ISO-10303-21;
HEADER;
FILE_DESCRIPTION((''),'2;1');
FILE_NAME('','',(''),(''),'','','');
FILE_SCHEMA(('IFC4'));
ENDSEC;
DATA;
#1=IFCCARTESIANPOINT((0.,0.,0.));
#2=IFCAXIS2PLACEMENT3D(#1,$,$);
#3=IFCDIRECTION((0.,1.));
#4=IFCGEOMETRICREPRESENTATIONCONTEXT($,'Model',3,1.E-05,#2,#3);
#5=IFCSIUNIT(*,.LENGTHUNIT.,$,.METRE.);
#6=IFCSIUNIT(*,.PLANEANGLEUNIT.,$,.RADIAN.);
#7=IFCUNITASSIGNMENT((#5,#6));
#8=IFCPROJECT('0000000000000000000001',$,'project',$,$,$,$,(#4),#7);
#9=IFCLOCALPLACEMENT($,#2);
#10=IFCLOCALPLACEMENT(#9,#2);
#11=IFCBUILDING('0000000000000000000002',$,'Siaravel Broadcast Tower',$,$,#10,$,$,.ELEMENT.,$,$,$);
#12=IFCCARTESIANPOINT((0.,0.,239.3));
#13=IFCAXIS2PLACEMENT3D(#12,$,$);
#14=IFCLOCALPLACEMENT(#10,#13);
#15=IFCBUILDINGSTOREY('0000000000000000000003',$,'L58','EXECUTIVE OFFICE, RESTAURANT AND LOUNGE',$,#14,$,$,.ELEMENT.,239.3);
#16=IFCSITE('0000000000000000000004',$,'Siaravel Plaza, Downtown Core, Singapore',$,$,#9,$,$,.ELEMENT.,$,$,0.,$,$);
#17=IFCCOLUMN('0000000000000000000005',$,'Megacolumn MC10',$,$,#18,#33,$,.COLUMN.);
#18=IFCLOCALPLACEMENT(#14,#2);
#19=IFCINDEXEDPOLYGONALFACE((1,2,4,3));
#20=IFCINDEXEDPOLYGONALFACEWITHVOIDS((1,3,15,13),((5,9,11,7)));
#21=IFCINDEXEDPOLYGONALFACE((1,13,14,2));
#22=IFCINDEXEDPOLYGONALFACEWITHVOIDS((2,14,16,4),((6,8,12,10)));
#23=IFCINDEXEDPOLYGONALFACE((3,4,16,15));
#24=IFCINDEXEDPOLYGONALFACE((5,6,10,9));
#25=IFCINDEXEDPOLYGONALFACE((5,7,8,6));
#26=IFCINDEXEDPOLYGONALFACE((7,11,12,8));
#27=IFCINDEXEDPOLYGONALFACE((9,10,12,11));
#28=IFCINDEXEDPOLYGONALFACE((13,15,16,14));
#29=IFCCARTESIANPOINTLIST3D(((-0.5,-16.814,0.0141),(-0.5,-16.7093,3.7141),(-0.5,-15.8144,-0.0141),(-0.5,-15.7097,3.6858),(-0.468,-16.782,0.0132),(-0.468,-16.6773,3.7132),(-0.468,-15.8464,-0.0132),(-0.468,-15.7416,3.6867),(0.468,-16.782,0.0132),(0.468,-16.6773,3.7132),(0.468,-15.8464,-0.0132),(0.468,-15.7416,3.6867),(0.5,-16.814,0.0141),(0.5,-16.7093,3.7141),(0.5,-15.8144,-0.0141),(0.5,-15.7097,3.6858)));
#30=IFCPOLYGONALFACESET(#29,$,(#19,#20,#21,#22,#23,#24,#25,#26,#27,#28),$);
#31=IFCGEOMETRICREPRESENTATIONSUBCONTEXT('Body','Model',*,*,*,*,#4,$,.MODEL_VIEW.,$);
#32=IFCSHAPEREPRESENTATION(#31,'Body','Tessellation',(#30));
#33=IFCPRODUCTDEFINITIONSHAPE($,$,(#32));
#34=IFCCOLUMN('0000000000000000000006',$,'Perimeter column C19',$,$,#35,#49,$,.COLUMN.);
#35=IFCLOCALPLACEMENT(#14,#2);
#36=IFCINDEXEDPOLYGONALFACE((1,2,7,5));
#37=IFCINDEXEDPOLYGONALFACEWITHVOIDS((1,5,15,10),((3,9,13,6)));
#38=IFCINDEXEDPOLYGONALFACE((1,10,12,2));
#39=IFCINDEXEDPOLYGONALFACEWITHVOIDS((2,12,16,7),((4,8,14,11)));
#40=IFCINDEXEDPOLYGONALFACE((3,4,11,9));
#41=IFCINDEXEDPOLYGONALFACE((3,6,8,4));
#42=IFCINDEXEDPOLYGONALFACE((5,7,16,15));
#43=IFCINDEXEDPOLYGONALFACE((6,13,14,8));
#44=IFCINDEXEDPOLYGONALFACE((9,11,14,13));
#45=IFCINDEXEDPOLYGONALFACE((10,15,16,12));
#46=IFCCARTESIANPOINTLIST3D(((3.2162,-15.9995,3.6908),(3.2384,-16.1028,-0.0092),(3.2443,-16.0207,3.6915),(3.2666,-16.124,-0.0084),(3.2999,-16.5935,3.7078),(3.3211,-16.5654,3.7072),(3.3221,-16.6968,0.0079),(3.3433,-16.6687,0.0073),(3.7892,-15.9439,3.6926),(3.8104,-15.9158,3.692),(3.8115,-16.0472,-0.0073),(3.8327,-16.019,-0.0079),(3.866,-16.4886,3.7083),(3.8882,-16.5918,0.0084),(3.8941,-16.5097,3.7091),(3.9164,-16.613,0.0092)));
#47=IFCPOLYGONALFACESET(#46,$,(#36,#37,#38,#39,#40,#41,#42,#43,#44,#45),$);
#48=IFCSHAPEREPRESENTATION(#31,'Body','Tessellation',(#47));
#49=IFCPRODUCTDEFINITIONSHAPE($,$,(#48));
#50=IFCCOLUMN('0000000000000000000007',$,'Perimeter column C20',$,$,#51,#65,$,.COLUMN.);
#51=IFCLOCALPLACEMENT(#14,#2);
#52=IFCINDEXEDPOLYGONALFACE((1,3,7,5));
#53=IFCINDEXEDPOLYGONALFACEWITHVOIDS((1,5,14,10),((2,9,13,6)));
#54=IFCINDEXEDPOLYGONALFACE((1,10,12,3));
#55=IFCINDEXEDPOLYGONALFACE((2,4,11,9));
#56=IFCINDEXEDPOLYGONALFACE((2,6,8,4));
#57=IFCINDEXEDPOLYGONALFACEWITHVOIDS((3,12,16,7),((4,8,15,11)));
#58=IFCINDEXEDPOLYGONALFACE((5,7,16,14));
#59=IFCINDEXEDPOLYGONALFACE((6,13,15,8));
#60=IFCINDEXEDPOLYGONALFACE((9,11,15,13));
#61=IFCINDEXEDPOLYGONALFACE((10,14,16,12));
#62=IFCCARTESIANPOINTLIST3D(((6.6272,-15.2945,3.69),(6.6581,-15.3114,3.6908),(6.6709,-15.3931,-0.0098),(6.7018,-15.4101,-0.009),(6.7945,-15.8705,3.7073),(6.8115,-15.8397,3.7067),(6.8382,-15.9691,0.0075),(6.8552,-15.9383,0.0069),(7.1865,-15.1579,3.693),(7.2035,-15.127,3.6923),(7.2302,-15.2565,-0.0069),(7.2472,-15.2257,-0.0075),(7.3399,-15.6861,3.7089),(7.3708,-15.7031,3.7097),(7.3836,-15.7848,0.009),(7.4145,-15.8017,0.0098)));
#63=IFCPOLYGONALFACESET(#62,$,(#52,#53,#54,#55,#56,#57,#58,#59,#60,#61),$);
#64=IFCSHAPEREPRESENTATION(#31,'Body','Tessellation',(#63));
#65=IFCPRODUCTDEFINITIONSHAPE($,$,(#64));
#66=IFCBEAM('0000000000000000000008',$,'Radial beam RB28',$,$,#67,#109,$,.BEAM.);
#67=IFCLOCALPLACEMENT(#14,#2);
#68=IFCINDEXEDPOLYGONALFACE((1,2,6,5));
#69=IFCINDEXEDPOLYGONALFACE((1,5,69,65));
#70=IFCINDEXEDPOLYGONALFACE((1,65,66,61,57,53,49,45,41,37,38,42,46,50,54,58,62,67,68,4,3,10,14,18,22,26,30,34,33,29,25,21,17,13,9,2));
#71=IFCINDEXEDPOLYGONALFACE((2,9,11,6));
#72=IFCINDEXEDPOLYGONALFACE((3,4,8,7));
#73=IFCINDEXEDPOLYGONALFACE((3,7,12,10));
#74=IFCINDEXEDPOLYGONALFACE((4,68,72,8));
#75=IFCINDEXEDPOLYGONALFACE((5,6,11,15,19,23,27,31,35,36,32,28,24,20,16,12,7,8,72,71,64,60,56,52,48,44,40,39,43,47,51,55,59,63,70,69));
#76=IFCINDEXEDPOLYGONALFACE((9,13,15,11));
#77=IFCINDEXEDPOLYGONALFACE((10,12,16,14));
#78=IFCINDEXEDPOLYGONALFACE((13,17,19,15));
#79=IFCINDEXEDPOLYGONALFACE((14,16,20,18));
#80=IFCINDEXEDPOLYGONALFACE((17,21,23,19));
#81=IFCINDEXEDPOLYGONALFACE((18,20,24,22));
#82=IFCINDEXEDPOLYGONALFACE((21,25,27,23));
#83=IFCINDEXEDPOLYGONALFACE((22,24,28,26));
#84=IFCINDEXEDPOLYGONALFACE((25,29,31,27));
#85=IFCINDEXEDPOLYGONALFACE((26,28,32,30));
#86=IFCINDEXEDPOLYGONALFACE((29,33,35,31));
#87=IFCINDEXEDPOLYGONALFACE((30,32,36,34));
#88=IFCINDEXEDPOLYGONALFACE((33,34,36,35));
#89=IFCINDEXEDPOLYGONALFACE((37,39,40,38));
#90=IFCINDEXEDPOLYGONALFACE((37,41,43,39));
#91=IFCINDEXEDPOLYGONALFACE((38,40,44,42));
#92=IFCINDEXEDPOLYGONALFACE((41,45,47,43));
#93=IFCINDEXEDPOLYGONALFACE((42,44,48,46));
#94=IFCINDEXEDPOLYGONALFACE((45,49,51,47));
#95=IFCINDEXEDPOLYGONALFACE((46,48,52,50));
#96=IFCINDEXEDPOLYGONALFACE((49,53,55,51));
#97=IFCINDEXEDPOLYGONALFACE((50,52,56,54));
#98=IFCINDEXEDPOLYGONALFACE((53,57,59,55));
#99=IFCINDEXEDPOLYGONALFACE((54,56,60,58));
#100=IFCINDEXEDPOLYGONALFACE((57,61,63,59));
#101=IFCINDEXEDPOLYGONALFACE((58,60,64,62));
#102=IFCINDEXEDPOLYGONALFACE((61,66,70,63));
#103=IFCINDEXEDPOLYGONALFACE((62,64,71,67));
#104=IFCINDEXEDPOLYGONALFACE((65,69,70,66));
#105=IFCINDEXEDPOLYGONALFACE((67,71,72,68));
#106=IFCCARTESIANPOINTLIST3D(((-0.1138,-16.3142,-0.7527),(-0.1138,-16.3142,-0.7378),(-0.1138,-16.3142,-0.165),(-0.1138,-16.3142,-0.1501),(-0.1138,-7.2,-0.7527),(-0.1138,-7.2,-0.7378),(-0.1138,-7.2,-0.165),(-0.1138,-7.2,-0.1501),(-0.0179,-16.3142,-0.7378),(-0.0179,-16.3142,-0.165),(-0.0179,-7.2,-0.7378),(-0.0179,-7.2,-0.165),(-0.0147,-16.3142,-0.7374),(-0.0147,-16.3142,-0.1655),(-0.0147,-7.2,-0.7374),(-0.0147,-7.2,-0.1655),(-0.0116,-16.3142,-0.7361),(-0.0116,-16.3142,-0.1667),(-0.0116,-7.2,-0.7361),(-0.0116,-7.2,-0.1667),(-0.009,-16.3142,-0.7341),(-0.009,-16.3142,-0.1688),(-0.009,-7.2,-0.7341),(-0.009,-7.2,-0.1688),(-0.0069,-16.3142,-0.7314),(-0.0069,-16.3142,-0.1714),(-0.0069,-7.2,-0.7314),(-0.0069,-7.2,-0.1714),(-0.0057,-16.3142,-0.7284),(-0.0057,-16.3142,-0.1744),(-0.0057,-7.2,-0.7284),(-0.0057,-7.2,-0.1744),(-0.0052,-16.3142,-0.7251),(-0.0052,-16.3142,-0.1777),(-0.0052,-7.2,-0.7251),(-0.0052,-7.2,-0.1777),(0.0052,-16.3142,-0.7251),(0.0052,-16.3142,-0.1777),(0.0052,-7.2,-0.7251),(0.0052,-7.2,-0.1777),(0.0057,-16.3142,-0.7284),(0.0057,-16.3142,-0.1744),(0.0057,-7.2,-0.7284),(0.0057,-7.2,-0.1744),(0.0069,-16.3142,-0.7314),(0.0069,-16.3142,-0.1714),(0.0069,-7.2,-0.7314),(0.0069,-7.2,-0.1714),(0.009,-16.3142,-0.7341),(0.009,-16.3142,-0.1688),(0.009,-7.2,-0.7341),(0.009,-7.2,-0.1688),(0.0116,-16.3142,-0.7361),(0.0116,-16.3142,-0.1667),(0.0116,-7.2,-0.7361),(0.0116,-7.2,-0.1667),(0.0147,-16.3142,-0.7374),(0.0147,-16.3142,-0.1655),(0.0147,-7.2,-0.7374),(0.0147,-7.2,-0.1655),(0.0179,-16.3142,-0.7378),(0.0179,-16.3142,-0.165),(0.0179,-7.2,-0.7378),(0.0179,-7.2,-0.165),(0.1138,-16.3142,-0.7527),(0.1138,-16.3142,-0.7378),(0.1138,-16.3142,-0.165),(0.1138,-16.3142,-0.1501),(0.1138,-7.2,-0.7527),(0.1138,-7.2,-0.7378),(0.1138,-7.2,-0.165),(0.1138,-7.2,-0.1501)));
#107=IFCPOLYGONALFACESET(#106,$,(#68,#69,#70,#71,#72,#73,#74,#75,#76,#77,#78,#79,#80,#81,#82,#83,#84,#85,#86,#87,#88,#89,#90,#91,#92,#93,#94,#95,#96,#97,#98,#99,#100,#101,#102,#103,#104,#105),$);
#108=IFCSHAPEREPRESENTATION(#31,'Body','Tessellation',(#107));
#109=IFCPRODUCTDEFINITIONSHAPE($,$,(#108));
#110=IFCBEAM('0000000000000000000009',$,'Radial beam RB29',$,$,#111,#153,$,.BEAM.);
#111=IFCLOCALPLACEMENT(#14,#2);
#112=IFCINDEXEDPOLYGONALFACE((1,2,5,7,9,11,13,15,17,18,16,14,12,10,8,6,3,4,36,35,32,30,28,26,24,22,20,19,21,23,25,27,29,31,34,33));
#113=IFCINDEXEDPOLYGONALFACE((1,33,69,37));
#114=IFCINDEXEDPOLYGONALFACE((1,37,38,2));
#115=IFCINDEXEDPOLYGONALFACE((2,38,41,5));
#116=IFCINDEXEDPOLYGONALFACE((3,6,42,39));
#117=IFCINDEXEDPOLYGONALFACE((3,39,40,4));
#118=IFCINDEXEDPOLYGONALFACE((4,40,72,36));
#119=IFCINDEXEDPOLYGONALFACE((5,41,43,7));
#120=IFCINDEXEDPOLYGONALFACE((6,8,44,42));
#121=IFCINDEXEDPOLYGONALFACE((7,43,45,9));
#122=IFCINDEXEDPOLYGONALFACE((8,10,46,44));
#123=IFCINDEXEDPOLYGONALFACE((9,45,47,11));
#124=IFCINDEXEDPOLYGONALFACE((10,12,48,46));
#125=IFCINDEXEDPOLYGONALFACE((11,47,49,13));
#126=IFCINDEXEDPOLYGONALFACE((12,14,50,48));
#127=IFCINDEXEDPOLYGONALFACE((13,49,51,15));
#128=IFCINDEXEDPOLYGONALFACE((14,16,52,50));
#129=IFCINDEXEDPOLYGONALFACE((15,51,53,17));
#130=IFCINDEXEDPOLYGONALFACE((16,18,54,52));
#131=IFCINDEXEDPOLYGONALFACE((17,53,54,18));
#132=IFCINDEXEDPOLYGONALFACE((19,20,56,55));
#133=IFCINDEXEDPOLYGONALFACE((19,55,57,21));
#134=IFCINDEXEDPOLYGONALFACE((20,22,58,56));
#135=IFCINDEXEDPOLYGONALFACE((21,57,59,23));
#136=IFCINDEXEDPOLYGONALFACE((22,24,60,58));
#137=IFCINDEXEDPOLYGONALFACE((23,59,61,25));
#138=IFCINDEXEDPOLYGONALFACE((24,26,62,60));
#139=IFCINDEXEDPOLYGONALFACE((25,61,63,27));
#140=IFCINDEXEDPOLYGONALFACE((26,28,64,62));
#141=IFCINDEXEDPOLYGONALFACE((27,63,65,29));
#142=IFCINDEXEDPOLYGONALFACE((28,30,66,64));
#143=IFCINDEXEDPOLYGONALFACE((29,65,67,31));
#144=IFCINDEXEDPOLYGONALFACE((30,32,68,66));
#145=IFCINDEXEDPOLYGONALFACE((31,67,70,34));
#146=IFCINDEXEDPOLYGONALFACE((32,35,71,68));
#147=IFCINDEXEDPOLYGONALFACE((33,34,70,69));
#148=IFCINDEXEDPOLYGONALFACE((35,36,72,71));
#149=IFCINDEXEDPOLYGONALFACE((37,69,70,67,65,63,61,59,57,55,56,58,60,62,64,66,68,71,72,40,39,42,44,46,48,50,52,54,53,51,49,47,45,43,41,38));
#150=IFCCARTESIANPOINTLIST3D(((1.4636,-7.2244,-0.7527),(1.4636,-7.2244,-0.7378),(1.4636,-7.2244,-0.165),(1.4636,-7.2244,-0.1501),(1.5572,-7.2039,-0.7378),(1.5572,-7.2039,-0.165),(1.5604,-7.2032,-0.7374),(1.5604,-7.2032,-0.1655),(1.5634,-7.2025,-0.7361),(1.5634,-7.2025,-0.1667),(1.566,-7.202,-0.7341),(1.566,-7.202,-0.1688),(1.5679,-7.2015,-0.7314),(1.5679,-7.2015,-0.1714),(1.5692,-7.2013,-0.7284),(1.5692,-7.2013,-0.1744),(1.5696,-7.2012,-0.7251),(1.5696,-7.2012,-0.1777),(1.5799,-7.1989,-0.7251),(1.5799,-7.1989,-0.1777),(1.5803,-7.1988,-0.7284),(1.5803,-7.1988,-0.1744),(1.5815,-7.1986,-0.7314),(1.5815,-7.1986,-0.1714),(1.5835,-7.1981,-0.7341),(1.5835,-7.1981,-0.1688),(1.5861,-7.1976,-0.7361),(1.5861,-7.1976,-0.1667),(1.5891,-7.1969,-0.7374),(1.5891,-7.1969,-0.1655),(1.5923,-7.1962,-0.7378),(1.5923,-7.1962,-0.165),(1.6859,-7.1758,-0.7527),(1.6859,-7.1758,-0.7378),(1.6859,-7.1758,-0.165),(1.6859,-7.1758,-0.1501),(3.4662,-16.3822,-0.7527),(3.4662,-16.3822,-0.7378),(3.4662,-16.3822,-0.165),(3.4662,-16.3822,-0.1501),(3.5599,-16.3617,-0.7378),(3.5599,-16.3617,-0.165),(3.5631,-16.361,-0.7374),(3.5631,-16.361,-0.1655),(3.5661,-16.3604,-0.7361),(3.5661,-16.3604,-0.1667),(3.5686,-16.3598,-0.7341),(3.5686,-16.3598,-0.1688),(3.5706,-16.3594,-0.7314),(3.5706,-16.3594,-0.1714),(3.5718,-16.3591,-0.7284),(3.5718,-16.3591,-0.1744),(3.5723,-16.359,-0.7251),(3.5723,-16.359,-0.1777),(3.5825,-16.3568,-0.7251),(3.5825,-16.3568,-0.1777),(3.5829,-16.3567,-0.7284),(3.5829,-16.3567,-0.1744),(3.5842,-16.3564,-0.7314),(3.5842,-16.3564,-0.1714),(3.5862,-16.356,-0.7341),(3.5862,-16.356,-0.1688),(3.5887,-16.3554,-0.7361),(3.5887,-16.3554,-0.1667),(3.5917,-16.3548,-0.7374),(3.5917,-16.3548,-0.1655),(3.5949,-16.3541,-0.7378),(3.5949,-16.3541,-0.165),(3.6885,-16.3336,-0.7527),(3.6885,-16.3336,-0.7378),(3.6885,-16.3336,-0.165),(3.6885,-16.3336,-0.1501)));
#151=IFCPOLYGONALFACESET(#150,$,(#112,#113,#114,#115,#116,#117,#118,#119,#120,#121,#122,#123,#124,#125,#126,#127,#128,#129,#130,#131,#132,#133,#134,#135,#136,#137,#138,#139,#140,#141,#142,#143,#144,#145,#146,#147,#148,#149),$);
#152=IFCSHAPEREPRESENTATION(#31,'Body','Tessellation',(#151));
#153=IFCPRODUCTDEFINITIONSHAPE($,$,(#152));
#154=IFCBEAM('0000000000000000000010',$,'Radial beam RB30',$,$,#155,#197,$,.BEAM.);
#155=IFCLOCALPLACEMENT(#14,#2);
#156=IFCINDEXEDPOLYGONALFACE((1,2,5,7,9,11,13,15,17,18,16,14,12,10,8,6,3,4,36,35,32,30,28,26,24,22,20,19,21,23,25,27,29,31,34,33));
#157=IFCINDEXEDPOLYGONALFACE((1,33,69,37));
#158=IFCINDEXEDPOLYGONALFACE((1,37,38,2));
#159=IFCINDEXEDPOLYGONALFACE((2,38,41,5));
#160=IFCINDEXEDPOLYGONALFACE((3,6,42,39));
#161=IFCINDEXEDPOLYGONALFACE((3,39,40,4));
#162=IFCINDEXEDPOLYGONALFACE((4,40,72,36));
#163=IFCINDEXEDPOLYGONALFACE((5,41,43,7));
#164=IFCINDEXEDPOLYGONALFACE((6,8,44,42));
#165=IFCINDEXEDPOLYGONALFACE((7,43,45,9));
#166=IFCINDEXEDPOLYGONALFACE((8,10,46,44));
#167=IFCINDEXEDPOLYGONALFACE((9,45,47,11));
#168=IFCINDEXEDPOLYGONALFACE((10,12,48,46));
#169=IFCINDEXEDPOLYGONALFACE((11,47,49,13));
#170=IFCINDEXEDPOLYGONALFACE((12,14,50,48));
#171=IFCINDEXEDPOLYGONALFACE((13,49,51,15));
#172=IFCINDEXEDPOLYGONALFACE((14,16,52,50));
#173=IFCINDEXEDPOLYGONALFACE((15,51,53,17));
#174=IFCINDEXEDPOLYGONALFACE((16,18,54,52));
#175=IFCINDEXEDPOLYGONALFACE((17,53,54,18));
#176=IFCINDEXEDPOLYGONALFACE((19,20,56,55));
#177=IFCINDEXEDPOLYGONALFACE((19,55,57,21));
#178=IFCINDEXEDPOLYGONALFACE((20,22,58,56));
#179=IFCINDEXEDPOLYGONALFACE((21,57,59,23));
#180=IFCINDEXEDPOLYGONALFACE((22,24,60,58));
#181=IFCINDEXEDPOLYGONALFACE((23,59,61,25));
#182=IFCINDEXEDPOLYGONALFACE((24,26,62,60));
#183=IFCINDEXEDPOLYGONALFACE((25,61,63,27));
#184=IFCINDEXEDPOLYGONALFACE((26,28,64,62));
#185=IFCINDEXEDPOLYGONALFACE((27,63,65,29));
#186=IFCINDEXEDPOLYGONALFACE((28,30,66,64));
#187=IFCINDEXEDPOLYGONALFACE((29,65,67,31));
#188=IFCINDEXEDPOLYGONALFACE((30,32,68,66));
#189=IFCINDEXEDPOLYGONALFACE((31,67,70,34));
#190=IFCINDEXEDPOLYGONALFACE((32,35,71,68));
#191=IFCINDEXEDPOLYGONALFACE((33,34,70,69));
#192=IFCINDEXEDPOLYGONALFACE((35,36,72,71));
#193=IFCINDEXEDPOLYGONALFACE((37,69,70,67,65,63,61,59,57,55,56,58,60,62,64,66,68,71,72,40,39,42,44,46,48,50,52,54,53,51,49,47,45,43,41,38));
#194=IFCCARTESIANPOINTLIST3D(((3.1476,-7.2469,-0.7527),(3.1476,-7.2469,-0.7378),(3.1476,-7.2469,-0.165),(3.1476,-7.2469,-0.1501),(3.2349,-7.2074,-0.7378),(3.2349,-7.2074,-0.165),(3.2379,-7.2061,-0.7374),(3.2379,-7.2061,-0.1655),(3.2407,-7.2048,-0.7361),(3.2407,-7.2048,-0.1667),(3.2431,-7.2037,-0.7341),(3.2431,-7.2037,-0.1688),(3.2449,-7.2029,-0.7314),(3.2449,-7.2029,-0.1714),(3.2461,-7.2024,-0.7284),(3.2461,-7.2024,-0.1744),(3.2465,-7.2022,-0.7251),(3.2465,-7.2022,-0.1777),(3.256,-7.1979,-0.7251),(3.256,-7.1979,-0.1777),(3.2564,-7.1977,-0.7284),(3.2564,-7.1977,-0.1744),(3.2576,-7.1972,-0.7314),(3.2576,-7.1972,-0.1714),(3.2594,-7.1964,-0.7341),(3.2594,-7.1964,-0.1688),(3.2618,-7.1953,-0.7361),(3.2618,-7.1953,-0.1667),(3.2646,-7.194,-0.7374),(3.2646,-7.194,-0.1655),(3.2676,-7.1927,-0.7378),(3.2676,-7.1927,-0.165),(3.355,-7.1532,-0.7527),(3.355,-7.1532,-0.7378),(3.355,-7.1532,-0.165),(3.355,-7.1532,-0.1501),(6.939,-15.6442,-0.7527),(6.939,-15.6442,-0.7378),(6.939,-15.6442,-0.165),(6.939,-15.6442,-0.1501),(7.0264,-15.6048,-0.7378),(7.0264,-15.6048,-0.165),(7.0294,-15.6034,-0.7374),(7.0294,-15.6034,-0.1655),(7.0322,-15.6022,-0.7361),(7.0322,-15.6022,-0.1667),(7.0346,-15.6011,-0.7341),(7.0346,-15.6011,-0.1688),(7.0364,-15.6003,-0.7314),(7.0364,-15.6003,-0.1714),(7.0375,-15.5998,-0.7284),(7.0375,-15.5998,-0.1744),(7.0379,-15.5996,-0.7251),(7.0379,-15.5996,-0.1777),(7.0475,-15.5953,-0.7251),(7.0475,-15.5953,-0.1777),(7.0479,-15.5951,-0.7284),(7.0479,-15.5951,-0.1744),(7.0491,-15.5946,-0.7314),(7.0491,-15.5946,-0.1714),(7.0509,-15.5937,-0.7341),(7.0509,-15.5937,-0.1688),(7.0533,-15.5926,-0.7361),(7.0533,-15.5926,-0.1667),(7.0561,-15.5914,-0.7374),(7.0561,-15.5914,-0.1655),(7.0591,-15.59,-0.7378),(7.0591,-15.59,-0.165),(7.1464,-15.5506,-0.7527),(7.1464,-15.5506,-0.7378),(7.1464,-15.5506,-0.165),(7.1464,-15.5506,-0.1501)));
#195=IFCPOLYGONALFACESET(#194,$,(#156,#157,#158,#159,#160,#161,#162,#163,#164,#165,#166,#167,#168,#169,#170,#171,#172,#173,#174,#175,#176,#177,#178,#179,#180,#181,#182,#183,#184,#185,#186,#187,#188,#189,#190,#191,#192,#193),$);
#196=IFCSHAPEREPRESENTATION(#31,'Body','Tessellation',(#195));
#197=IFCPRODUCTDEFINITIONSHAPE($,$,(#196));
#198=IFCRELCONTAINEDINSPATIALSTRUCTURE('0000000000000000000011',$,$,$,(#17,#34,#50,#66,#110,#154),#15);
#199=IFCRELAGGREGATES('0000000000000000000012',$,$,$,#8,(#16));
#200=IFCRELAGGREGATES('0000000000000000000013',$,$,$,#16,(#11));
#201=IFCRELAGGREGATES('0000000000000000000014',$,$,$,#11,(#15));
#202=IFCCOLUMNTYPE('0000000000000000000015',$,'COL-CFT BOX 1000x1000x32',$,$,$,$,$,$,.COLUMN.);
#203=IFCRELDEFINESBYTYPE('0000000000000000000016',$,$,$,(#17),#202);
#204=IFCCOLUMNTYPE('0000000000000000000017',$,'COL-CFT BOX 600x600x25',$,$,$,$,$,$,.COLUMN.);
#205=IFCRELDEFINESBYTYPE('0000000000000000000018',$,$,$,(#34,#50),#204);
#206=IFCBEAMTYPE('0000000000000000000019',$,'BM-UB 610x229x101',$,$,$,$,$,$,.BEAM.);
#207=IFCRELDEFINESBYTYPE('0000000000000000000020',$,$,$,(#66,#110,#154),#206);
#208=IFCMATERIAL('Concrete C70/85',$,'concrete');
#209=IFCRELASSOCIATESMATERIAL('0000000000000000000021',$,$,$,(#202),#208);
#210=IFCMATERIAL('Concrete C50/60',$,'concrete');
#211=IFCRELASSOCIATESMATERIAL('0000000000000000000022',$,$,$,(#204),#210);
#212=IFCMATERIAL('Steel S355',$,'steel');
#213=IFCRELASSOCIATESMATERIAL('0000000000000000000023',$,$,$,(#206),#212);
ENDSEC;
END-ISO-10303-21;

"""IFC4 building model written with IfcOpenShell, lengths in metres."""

from ifc_helpers import new_model, si_unit, direction, frame, origin, origin_2d, place, context, subcontext, project, spatial, hollow_rectangle, i_section, extrude, material, material_profile, profile_set, type_object, element, save


model = new_model("IFC4")

# Units and contexts
model_context = context("Model", 3, precision=1e-05, world=origin(), true_north=direction((0.0, 1.0)))
body_context = subcontext(model_context, "Body", "Model", "MODEL_VIEW")
ifc_project = project(units=[si_unit("LENGTHUNIT", "METRE"), si_unit("PLANEANGLEUNIT", "RADIAN")], contexts=[model_context])

# Site, building, storey
site_placement = place(None, origin())
site = spatial("IfcSite", under=ifc_project, at=site_placement, Name="Siaravel Plaza, Downtown Core, Singapore", CompositionType="ELEMENT", RefElevation=0.0)
building_placement = place(site_placement, origin())
building = spatial("IfcBuilding", under=site, at=building_placement, Name="Siaravel Broadcast Tower", CompositionType="ELEMENT")
storey_placement = place(building_placement, frame((0.0, 0.0, 239.3)))
storey = spatial("IfcBuildingStorey", under=building, at=storey_placement, Name="L58", Description="EXECUTIVE OFFICE, RESTAURANT AND LOUNGE", CompositionType="ELEMENT", Elevation=239.3)

# Columns
ifc_material_1 = material(Name="Concrete C70/85", Category="concrete")
ifc_material_profile_1 = material_profile(ifc_material_1, hollow_rectangle(XDim=1.0, YDim=1.0, WallThickness=0.032, at=origin_2d()))
ifc_profile_set_1 = profile_set([ifc_material_profile_1], Name="Concrete C70/85")
column_type_1 = type_object("IfcColumnType", Name="COL-CFT BOX 1000x1000x32", PredefinedType="COLUMN", material=ifc_profile_set_1)
column_placement = place(storey_placement, frame((0.0, -16.3142, 0.0), z_axis=(0.0, 0.028296, 0.9996), x_axis=(-1.0, 0.0, 0.0)))
element("IfcColumn", 1, at=column_placement, inside=storey, type_object=column_type_1, Name="Megacolumn MC10", PredefinedType="COLUMN", context=body_context, shape_type="SweptSolid", body=[
    extrude(hollow_rectangle(XDim=1.0, YDim=1.0, WallThickness=0.032, at=origin_2d()), origin(), (0.0, 0.0, 1.0), 3.7014),
])
ifc_material_2 = material(Name="Concrete C50/60", Category="concrete")
ifc_material_profile_2 = material_profile(ifc_material_2, hollow_rectangle(XDim=0.6001, YDim=0.6001, WallThickness=0.0249, at=origin_2d()))
ifc_profile_set_2 = profile_set([ifc_material_profile_2], Name="Concrete C50/60")
column_type_2 = type_object("IfcColumnType", Name="COL-CFT BOX 600x600x25", PredefinedType="COLUMN", material=ifc_profile_set_2)
for number, where, z_axis, x_axis, name in (
    (2, (3.5774, -16.3579, 0.0), (-0.006002, 0.0279, 0.999593), (-0.990206, -0.139599, -0.002049), "Perimeter column C19"),
    (3, (7.0427, -15.5974, 0.0), (-0.011806, 0.026647, 0.999575), (-0.960287, -0.278987, -0.003905), "Perimeter column C20"),
):
    element("IfcColumn", number, at=place(storey_placement, frame(where, z_axis=z_axis, x_axis=x_axis)), inside=storey, type_object=column_type_2, Name=name, PredefinedType="COLUMN", context=body_context, shape_type="SweptSolid", body=[
        extrude(hollow_rectangle(XDim=0.6001, YDim=0.6001, WallThickness=0.0249, at=origin_2d()), origin(), (0.0, 0.0, 1.0), 3.7014),
    ])

# Beams
ifc_material_3 = material(Name="Steel S355", Category="steel")
ifc_material_profile_3 = material_profile(ifc_material_3, i_section(OverallWidth=0.2275, OverallDepth=0.6025, WebThickness=0.0105, FlangeThickness=0.0149, FilletRadius=0.0127, at=origin_2d()))
ifc_profile_set_3 = profile_set([ifc_material_profile_3], Name="Steel S355")
beam_type = type_object("IfcBeamType", Name="BM-UB 610x229x101", PredefinedType="BEAM", material=ifc_profile_set_3)
beam_1_placement = place(storey_placement, frame((0.0, -16.3142, -0.4514), z_axis=(0.0, 1.0, 0.0), x_axis=(-1.0, 0.0, 0.0)))
element("IfcBeam", 4, at=beam_1_placement, inside=storey, type_object=beam_type, Name="Radial beam RB28", PredefinedType="BEAM", context=body_context, shape_type="SweptSolid", body=[
    extrude(i_section(OverallWidth=0.2275, OverallDepth=0.6025, WebThickness=0.0105, FlangeThickness=0.0149, FilletRadius=0.0127, at=origin_2d()), origin(), (0.0, 0.0, 1.0), 9.1143),
])
beam_2_placement = place(storey_placement, frame((3.5774, -16.3579, -0.4514), z_axis=(-0.213634, 0.976914, 0.0), x_axis=(-0.976914, -0.213634, 0.0)))
element("IfcBeam", 5, at=beam_2_placement, inside=storey, type_object=beam_type, Name="Radial beam RB29", PredefinedType="BEAM", context=body_context, shape_type="SweptSolid", body=[
    extrude(i_section(OverallWidth=0.2275, OverallDepth=0.6025, WebThickness=0.0105, FlangeThickness=0.0149, FilletRadius=0.0127, at=origin_2d()), origin(), (0.0, 0.0, 1.0), 9.3743),
])
beam_3_placement = place(storey_placement, frame((7.0427, -15.5974, -0.4514), z_axis=(-0.411506, 0.911407, 0.0), x_axis=(-0.911407, -0.411506, 0.0)))
element("IfcBeam", 6, at=beam_3_placement, inside=storey, type_object=beam_type, Name="Radial beam RB30", PredefinedType="BEAM", context=body_context, shape_type="SweptSolid", body=[
    extrude(i_section(OverallWidth=0.2275, OverallDepth=0.6025, WebThickness=0.0105, FlangeThickness=0.0149, FilletRadius=0.0127, at=origin_2d()), origin(), (0.0, 0.0, 1.0), 9.2136),
])

save(model, "model.ifc")
